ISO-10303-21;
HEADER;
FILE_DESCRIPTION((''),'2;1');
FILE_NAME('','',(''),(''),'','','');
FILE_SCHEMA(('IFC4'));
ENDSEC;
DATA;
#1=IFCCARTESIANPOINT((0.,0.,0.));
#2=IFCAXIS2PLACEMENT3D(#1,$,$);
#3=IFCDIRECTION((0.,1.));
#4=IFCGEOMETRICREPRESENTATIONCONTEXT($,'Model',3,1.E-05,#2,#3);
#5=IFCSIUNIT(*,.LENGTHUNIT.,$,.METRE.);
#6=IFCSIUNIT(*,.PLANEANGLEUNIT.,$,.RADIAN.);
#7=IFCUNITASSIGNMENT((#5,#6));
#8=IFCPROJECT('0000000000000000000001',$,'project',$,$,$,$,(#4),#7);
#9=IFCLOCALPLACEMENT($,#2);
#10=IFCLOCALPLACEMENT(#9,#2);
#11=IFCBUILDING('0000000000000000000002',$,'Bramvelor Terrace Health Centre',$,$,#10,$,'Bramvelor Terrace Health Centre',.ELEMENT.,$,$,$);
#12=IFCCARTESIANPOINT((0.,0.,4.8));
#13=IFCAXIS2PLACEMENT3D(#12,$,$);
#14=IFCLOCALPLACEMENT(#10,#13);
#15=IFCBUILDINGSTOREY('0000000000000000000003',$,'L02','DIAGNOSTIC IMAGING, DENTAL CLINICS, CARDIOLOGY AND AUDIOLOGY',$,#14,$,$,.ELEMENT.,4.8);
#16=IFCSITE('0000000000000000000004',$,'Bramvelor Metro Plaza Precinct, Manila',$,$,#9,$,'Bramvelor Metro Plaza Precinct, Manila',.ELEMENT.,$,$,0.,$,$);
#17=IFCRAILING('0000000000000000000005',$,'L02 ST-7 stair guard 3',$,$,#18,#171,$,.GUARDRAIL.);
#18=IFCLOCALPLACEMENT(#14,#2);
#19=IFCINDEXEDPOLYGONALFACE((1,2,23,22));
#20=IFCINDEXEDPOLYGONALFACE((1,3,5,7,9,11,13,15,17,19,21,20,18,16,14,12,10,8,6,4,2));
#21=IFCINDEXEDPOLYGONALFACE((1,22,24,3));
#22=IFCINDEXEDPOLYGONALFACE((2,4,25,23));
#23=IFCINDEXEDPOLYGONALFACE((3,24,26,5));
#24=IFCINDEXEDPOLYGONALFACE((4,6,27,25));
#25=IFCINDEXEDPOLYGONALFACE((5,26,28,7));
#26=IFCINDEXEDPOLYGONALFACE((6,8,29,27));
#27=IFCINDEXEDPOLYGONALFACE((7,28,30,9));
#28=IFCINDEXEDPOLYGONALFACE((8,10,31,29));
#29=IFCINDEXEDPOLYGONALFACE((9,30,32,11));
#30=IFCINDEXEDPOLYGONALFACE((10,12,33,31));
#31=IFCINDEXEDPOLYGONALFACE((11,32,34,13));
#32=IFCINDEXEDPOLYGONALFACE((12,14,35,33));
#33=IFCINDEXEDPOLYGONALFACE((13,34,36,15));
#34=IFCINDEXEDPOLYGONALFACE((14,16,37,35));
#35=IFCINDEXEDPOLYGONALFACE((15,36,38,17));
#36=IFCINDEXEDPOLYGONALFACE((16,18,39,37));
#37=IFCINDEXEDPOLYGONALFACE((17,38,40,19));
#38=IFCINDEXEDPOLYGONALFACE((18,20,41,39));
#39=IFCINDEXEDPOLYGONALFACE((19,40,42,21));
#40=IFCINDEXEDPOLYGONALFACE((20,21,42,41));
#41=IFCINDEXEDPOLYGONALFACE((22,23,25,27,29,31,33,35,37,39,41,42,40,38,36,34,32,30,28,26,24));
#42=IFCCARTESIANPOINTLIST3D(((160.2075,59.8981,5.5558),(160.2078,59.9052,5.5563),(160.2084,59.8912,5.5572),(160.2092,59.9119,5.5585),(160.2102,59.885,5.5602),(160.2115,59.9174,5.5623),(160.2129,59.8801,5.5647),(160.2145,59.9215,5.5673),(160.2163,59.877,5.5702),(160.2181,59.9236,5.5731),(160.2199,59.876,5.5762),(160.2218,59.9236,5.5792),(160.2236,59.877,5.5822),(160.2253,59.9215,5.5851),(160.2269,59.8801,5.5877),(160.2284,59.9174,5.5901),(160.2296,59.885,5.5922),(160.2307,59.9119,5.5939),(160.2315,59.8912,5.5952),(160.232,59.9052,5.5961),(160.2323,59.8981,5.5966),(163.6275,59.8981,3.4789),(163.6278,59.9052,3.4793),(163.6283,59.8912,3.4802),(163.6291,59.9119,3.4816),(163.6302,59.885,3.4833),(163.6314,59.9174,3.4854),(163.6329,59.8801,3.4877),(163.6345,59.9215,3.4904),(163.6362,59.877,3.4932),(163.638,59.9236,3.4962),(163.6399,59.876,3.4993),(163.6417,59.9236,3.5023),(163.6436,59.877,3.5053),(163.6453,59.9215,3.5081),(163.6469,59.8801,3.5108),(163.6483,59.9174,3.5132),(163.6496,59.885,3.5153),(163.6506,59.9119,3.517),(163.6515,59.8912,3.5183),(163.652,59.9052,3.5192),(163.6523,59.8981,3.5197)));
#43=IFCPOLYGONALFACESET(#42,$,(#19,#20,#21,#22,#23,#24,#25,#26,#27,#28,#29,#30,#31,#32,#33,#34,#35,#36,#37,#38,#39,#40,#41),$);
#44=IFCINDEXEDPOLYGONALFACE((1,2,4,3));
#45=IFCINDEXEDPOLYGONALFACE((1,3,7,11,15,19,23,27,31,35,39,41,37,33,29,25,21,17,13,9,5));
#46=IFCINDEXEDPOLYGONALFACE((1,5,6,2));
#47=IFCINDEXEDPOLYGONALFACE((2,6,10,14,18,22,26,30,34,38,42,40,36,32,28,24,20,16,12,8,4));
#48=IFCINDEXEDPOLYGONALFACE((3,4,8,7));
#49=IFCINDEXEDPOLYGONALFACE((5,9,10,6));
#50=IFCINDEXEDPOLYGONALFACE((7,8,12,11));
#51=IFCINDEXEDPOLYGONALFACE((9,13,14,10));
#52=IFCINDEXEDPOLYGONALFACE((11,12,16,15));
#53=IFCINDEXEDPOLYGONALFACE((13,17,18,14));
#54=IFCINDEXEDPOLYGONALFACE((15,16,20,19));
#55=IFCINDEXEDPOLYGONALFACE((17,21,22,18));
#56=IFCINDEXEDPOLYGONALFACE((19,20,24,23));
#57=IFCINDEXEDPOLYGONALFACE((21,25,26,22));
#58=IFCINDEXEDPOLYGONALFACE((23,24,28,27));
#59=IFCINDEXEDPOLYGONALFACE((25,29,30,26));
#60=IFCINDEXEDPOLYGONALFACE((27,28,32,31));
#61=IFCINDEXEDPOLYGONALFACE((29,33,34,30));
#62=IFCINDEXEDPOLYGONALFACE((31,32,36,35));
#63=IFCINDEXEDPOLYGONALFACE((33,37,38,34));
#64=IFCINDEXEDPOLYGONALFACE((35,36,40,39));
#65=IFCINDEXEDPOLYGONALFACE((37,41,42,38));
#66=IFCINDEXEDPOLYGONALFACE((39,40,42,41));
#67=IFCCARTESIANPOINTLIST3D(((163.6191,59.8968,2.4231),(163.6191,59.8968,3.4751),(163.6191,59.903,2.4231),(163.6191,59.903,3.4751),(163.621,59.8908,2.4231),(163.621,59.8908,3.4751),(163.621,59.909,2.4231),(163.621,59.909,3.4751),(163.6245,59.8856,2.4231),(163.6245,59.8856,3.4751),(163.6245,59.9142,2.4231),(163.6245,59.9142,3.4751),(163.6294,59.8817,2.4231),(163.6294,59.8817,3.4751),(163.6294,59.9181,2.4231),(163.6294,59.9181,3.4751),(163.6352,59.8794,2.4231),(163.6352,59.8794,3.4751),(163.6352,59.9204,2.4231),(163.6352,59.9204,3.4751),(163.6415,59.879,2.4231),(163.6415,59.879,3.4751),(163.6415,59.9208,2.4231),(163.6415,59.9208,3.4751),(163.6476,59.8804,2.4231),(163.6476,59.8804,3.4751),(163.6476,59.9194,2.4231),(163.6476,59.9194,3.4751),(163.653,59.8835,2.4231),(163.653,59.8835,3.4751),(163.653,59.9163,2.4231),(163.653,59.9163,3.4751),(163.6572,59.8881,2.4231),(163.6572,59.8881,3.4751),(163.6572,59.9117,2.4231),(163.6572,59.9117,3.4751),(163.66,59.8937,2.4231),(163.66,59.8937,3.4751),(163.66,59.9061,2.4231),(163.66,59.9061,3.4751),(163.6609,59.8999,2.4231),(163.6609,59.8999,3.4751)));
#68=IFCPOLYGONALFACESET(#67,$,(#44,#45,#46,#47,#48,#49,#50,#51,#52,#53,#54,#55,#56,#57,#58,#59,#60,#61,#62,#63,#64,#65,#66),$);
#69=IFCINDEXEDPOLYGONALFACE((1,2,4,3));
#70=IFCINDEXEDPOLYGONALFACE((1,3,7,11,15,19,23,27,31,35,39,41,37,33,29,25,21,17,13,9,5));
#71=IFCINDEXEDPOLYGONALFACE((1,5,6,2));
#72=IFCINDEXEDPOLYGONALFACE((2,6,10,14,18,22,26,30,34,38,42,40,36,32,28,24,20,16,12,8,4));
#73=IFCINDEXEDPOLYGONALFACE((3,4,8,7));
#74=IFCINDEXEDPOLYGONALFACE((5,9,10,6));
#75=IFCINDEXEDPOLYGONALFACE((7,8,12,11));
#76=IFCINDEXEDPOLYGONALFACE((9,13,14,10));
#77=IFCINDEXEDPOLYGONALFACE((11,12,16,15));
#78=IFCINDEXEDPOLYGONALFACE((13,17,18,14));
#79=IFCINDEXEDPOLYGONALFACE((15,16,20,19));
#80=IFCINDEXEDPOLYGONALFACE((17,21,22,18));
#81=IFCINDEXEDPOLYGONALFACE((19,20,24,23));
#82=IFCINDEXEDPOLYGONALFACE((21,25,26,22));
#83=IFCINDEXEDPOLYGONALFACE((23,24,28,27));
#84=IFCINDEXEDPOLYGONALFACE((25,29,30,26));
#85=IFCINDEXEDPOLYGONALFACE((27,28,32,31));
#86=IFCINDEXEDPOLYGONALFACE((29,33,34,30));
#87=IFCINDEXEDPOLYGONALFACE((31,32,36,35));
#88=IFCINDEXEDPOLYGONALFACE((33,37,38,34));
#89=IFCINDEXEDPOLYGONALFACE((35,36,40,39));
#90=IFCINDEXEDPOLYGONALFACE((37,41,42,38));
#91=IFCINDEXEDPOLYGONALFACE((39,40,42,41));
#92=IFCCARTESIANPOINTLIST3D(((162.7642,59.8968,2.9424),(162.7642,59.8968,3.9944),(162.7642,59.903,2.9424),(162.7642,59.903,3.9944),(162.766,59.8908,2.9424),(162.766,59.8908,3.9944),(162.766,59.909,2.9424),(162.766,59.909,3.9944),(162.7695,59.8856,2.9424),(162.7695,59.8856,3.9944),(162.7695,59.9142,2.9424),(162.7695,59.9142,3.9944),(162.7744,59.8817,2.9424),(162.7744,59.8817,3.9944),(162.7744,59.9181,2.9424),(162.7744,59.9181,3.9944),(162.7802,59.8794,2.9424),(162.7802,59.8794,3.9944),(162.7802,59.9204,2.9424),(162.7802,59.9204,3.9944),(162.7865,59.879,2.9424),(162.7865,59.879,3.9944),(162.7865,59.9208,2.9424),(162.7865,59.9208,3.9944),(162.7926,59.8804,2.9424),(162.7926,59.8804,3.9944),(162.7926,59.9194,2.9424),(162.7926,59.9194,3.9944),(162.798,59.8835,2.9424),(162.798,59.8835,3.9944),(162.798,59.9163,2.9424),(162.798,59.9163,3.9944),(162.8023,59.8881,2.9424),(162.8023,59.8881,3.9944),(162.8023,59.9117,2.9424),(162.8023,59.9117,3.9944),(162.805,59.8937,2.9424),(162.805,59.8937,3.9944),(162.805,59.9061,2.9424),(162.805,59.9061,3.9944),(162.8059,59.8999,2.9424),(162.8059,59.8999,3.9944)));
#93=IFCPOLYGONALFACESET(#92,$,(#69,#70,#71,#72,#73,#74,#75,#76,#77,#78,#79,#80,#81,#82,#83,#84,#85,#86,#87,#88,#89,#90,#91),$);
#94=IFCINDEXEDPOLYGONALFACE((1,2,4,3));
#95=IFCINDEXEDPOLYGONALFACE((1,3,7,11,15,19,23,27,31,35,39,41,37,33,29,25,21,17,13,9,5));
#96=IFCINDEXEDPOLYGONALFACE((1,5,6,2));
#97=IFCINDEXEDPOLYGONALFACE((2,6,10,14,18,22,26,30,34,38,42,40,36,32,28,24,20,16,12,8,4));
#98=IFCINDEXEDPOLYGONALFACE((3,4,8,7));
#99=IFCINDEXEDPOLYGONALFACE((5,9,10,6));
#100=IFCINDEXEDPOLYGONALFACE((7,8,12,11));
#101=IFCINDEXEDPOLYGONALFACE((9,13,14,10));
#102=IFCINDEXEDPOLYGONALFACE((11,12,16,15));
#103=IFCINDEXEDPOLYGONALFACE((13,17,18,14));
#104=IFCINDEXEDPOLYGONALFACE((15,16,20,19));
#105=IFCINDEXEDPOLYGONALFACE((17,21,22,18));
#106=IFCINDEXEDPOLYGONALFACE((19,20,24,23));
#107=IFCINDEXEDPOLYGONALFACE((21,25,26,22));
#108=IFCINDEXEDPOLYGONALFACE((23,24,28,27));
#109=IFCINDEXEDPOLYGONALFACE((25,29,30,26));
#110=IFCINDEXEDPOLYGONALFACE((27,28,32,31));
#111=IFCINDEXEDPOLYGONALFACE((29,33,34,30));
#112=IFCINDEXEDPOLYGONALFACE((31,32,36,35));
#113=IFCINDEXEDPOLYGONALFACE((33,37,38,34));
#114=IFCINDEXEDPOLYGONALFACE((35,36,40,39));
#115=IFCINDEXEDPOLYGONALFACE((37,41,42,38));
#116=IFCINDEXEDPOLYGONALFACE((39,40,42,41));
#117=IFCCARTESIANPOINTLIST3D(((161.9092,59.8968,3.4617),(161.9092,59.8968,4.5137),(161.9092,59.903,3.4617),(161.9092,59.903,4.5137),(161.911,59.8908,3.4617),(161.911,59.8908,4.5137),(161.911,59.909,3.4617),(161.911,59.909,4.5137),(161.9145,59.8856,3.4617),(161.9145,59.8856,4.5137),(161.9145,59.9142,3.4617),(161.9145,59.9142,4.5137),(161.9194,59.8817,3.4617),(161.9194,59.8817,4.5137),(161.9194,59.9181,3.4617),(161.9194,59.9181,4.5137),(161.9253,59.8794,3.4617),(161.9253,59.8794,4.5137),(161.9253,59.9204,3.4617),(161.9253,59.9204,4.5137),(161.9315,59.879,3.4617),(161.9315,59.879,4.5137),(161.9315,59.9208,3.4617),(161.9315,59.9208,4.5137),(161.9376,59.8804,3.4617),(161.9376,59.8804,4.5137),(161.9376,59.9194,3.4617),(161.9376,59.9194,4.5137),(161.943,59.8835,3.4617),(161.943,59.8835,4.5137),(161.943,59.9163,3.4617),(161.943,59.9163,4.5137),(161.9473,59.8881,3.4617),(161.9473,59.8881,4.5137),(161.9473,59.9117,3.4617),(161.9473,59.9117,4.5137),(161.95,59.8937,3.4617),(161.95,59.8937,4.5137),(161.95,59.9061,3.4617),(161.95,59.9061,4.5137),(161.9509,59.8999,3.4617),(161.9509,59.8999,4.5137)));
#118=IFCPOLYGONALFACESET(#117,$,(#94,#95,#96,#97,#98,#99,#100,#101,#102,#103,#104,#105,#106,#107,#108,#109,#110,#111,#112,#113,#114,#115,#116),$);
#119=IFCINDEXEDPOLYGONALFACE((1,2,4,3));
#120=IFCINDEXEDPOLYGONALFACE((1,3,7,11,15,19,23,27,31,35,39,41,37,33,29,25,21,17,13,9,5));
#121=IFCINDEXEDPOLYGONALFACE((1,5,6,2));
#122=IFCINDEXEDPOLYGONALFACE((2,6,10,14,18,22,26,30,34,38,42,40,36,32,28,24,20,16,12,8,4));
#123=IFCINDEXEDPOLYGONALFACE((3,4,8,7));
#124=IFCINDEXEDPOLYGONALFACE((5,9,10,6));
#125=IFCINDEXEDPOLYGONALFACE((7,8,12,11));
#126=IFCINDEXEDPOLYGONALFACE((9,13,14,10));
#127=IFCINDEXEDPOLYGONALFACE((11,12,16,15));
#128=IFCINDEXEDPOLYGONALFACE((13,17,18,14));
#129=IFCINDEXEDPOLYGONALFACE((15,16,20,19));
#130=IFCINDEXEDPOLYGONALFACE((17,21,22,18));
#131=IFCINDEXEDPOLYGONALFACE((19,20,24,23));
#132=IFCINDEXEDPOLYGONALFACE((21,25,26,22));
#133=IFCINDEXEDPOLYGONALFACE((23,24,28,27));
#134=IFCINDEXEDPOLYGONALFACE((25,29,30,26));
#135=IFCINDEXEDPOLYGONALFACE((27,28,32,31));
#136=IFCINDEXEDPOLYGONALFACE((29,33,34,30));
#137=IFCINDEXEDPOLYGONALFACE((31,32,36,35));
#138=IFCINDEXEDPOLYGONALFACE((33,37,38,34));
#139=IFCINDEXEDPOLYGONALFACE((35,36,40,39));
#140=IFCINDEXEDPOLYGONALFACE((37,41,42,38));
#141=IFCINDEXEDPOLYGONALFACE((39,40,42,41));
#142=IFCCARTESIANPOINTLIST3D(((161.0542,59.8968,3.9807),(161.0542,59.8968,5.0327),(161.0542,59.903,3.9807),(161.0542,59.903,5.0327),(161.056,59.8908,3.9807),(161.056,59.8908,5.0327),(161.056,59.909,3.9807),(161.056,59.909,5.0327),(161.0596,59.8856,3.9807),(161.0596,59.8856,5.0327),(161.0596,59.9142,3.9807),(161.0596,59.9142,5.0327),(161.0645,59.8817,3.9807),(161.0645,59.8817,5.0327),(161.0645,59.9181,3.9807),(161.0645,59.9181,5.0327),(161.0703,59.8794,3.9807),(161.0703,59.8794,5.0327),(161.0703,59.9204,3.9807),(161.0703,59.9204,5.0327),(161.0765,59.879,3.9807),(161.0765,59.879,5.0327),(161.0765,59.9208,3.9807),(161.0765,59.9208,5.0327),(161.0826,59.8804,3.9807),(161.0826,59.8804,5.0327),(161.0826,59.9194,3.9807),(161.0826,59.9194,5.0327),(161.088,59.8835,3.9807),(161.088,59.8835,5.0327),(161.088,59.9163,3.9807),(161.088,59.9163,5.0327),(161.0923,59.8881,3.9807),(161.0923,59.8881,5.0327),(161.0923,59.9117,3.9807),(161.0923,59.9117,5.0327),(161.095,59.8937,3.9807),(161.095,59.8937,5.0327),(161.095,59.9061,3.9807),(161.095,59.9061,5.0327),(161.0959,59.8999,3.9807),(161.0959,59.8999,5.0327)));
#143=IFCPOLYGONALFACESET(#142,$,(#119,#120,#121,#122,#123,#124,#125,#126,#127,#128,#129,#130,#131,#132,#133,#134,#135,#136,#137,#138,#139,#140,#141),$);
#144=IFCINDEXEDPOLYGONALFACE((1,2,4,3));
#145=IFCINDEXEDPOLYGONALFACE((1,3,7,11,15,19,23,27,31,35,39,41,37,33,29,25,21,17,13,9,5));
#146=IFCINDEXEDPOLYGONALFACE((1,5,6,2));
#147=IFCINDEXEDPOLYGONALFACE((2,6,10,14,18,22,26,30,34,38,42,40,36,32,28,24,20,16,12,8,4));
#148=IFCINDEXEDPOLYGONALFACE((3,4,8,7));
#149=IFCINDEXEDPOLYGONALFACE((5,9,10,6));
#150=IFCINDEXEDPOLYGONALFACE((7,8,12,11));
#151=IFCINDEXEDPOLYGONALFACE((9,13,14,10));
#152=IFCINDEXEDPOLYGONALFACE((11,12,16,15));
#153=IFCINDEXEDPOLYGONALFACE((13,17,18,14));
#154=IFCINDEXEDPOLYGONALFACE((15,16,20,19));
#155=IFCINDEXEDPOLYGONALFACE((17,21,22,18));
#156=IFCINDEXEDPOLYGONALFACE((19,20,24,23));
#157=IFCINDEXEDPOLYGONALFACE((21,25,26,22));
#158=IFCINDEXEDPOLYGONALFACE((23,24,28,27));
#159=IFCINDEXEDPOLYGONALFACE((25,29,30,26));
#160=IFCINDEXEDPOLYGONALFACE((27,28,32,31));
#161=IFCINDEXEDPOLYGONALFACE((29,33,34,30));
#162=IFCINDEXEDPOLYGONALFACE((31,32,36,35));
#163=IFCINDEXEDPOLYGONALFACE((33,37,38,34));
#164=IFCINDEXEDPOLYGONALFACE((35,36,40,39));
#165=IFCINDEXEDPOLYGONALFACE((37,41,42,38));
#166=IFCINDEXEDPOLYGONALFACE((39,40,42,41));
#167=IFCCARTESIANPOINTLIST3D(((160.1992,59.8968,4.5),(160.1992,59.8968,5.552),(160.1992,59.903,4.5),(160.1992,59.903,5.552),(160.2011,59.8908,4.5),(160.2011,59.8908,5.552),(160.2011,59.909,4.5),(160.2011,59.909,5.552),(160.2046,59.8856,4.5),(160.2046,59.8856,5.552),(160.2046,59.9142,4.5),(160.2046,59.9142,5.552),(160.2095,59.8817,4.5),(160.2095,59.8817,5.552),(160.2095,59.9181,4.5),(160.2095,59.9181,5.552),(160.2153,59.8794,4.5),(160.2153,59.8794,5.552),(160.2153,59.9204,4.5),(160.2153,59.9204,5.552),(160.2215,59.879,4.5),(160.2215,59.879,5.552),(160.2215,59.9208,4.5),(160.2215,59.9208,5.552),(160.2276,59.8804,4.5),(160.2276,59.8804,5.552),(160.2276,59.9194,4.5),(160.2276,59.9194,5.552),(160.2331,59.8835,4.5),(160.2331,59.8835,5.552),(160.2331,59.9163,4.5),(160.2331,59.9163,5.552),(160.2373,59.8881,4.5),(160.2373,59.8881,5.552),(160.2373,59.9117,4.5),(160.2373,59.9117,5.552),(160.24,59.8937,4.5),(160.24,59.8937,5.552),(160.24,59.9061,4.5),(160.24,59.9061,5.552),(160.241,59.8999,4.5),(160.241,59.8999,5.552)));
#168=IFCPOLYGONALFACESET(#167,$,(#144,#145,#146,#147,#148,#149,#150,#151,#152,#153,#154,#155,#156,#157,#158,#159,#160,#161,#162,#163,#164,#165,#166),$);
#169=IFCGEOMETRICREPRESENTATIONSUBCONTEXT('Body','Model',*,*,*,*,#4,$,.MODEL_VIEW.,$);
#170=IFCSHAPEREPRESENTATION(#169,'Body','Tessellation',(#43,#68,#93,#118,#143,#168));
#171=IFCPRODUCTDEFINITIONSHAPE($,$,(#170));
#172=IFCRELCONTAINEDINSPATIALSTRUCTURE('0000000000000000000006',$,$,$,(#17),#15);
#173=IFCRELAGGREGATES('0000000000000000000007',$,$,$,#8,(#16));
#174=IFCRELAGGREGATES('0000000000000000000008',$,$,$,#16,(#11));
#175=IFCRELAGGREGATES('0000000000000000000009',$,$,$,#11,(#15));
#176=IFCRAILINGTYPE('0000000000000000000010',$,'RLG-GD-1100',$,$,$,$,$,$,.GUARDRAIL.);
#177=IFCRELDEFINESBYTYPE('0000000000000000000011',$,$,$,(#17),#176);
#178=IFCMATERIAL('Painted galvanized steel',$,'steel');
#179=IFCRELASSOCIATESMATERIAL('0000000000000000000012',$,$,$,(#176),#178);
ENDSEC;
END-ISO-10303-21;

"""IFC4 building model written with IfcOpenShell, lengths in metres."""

from ifc_helpers import new_model, si_unit, direction, frame, origin, origin_2d, place, context, subcontext, project, spatial, circle, extrude, material, type_object, element, save


model = new_model("IFC4")

# Units and contexts
model_context = context("Model", 3, precision=1e-05, world=origin(), true_north=direction((0.0, 1.0)))
body_context = subcontext(model_context, "Body", "Model", "MODEL_VIEW")
ifc_project = project(units=[si_unit("LENGTHUNIT", "METRE"), si_unit("PLANEANGLEUNIT", "RADIAN")], contexts=[model_context])

# Site, building, storey
site_placement = place(None, origin())
site = spatial("IfcSite", under=ifc_project, at=site_placement, Name="Bramvelor Metro Plaza Precinct, Manila", LongName="Bramvelor Metro Plaza Precinct, Manila", CompositionType="ELEMENT", RefElevation=0.0)
building_placement = place(site_placement, origin())
building = spatial("IfcBuilding", under=site, at=building_placement, Name="Bramvelor Terrace Health Centre", LongName="Bramvelor Terrace Health Centre", CompositionType="ELEMENT")
storey_placement = place(building_placement, frame((0.0, 0.0, 4.8)))
storey = spatial("IfcBuildingStorey", under=building, at=storey_placement, Name="L02", Description="DIAGNOSTIC IMAGING, DENTAL CLINICS, CARDIOLOGY AND AUDIOLOGY", CompositionType="ELEMENT", Elevation=4.8)

# Railing
ifc_material_1 = material(Name="Painted galvanized steel", Category="steel")
railing_type_1 = type_object("IfcRailingType", Name="RLG-GD-1100", PredefinedType="GUARDRAIL", material=ifc_material_1)
railing_1_placement = place(storey_placement, frame((163.6399, 59.8999, 2.4231)))
element("IfcRailing", 1, at=railing_1_placement, inside=storey, type_object=railing_type_1, Name="L02 ST-7 stair guard 3", PredefinedType="GUARDRAIL", context=body_context, shape_type="SweptSolid", body=[
    extrude(circle(Radius=0.0239, at=origin_2d()), frame((0.0, 0.0, 1.0762), z_axis=(-0.85473, 0.0, 0.519074), x_axis=(0.0, -1.0, 0.0)), (0.0, 0.0, 1.0), 4.0012),
    extrude(circle(Radius=0.021, at=origin_2d()), origin(), (0.0, 0.0, 1.0), 1.052),
    extrude(circle(Radius=0.021, at=origin_2d()), frame((-0.855, 0.0, 0.5193)), (0.0, 0.0, 1.0), 1.052),
    extrude(circle(Radius=0.021, at=origin_2d()), frame((-1.71, 0.0, 1.0386)), (0.0, 0.0, 1.0), 1.052),
    extrude(circle(Radius=0.021, at=origin_2d()), frame((-2.5649, 0.0, 1.5576)), (0.0, 0.0, 1.0), 1.052),
    extrude(circle(Radius=0.021, at=origin_2d()), frame((-3.4199, 0.0, 2.0769)), (0.0, 0.0, 1.0), 1.052),
])

save(model, "model.ifc")
